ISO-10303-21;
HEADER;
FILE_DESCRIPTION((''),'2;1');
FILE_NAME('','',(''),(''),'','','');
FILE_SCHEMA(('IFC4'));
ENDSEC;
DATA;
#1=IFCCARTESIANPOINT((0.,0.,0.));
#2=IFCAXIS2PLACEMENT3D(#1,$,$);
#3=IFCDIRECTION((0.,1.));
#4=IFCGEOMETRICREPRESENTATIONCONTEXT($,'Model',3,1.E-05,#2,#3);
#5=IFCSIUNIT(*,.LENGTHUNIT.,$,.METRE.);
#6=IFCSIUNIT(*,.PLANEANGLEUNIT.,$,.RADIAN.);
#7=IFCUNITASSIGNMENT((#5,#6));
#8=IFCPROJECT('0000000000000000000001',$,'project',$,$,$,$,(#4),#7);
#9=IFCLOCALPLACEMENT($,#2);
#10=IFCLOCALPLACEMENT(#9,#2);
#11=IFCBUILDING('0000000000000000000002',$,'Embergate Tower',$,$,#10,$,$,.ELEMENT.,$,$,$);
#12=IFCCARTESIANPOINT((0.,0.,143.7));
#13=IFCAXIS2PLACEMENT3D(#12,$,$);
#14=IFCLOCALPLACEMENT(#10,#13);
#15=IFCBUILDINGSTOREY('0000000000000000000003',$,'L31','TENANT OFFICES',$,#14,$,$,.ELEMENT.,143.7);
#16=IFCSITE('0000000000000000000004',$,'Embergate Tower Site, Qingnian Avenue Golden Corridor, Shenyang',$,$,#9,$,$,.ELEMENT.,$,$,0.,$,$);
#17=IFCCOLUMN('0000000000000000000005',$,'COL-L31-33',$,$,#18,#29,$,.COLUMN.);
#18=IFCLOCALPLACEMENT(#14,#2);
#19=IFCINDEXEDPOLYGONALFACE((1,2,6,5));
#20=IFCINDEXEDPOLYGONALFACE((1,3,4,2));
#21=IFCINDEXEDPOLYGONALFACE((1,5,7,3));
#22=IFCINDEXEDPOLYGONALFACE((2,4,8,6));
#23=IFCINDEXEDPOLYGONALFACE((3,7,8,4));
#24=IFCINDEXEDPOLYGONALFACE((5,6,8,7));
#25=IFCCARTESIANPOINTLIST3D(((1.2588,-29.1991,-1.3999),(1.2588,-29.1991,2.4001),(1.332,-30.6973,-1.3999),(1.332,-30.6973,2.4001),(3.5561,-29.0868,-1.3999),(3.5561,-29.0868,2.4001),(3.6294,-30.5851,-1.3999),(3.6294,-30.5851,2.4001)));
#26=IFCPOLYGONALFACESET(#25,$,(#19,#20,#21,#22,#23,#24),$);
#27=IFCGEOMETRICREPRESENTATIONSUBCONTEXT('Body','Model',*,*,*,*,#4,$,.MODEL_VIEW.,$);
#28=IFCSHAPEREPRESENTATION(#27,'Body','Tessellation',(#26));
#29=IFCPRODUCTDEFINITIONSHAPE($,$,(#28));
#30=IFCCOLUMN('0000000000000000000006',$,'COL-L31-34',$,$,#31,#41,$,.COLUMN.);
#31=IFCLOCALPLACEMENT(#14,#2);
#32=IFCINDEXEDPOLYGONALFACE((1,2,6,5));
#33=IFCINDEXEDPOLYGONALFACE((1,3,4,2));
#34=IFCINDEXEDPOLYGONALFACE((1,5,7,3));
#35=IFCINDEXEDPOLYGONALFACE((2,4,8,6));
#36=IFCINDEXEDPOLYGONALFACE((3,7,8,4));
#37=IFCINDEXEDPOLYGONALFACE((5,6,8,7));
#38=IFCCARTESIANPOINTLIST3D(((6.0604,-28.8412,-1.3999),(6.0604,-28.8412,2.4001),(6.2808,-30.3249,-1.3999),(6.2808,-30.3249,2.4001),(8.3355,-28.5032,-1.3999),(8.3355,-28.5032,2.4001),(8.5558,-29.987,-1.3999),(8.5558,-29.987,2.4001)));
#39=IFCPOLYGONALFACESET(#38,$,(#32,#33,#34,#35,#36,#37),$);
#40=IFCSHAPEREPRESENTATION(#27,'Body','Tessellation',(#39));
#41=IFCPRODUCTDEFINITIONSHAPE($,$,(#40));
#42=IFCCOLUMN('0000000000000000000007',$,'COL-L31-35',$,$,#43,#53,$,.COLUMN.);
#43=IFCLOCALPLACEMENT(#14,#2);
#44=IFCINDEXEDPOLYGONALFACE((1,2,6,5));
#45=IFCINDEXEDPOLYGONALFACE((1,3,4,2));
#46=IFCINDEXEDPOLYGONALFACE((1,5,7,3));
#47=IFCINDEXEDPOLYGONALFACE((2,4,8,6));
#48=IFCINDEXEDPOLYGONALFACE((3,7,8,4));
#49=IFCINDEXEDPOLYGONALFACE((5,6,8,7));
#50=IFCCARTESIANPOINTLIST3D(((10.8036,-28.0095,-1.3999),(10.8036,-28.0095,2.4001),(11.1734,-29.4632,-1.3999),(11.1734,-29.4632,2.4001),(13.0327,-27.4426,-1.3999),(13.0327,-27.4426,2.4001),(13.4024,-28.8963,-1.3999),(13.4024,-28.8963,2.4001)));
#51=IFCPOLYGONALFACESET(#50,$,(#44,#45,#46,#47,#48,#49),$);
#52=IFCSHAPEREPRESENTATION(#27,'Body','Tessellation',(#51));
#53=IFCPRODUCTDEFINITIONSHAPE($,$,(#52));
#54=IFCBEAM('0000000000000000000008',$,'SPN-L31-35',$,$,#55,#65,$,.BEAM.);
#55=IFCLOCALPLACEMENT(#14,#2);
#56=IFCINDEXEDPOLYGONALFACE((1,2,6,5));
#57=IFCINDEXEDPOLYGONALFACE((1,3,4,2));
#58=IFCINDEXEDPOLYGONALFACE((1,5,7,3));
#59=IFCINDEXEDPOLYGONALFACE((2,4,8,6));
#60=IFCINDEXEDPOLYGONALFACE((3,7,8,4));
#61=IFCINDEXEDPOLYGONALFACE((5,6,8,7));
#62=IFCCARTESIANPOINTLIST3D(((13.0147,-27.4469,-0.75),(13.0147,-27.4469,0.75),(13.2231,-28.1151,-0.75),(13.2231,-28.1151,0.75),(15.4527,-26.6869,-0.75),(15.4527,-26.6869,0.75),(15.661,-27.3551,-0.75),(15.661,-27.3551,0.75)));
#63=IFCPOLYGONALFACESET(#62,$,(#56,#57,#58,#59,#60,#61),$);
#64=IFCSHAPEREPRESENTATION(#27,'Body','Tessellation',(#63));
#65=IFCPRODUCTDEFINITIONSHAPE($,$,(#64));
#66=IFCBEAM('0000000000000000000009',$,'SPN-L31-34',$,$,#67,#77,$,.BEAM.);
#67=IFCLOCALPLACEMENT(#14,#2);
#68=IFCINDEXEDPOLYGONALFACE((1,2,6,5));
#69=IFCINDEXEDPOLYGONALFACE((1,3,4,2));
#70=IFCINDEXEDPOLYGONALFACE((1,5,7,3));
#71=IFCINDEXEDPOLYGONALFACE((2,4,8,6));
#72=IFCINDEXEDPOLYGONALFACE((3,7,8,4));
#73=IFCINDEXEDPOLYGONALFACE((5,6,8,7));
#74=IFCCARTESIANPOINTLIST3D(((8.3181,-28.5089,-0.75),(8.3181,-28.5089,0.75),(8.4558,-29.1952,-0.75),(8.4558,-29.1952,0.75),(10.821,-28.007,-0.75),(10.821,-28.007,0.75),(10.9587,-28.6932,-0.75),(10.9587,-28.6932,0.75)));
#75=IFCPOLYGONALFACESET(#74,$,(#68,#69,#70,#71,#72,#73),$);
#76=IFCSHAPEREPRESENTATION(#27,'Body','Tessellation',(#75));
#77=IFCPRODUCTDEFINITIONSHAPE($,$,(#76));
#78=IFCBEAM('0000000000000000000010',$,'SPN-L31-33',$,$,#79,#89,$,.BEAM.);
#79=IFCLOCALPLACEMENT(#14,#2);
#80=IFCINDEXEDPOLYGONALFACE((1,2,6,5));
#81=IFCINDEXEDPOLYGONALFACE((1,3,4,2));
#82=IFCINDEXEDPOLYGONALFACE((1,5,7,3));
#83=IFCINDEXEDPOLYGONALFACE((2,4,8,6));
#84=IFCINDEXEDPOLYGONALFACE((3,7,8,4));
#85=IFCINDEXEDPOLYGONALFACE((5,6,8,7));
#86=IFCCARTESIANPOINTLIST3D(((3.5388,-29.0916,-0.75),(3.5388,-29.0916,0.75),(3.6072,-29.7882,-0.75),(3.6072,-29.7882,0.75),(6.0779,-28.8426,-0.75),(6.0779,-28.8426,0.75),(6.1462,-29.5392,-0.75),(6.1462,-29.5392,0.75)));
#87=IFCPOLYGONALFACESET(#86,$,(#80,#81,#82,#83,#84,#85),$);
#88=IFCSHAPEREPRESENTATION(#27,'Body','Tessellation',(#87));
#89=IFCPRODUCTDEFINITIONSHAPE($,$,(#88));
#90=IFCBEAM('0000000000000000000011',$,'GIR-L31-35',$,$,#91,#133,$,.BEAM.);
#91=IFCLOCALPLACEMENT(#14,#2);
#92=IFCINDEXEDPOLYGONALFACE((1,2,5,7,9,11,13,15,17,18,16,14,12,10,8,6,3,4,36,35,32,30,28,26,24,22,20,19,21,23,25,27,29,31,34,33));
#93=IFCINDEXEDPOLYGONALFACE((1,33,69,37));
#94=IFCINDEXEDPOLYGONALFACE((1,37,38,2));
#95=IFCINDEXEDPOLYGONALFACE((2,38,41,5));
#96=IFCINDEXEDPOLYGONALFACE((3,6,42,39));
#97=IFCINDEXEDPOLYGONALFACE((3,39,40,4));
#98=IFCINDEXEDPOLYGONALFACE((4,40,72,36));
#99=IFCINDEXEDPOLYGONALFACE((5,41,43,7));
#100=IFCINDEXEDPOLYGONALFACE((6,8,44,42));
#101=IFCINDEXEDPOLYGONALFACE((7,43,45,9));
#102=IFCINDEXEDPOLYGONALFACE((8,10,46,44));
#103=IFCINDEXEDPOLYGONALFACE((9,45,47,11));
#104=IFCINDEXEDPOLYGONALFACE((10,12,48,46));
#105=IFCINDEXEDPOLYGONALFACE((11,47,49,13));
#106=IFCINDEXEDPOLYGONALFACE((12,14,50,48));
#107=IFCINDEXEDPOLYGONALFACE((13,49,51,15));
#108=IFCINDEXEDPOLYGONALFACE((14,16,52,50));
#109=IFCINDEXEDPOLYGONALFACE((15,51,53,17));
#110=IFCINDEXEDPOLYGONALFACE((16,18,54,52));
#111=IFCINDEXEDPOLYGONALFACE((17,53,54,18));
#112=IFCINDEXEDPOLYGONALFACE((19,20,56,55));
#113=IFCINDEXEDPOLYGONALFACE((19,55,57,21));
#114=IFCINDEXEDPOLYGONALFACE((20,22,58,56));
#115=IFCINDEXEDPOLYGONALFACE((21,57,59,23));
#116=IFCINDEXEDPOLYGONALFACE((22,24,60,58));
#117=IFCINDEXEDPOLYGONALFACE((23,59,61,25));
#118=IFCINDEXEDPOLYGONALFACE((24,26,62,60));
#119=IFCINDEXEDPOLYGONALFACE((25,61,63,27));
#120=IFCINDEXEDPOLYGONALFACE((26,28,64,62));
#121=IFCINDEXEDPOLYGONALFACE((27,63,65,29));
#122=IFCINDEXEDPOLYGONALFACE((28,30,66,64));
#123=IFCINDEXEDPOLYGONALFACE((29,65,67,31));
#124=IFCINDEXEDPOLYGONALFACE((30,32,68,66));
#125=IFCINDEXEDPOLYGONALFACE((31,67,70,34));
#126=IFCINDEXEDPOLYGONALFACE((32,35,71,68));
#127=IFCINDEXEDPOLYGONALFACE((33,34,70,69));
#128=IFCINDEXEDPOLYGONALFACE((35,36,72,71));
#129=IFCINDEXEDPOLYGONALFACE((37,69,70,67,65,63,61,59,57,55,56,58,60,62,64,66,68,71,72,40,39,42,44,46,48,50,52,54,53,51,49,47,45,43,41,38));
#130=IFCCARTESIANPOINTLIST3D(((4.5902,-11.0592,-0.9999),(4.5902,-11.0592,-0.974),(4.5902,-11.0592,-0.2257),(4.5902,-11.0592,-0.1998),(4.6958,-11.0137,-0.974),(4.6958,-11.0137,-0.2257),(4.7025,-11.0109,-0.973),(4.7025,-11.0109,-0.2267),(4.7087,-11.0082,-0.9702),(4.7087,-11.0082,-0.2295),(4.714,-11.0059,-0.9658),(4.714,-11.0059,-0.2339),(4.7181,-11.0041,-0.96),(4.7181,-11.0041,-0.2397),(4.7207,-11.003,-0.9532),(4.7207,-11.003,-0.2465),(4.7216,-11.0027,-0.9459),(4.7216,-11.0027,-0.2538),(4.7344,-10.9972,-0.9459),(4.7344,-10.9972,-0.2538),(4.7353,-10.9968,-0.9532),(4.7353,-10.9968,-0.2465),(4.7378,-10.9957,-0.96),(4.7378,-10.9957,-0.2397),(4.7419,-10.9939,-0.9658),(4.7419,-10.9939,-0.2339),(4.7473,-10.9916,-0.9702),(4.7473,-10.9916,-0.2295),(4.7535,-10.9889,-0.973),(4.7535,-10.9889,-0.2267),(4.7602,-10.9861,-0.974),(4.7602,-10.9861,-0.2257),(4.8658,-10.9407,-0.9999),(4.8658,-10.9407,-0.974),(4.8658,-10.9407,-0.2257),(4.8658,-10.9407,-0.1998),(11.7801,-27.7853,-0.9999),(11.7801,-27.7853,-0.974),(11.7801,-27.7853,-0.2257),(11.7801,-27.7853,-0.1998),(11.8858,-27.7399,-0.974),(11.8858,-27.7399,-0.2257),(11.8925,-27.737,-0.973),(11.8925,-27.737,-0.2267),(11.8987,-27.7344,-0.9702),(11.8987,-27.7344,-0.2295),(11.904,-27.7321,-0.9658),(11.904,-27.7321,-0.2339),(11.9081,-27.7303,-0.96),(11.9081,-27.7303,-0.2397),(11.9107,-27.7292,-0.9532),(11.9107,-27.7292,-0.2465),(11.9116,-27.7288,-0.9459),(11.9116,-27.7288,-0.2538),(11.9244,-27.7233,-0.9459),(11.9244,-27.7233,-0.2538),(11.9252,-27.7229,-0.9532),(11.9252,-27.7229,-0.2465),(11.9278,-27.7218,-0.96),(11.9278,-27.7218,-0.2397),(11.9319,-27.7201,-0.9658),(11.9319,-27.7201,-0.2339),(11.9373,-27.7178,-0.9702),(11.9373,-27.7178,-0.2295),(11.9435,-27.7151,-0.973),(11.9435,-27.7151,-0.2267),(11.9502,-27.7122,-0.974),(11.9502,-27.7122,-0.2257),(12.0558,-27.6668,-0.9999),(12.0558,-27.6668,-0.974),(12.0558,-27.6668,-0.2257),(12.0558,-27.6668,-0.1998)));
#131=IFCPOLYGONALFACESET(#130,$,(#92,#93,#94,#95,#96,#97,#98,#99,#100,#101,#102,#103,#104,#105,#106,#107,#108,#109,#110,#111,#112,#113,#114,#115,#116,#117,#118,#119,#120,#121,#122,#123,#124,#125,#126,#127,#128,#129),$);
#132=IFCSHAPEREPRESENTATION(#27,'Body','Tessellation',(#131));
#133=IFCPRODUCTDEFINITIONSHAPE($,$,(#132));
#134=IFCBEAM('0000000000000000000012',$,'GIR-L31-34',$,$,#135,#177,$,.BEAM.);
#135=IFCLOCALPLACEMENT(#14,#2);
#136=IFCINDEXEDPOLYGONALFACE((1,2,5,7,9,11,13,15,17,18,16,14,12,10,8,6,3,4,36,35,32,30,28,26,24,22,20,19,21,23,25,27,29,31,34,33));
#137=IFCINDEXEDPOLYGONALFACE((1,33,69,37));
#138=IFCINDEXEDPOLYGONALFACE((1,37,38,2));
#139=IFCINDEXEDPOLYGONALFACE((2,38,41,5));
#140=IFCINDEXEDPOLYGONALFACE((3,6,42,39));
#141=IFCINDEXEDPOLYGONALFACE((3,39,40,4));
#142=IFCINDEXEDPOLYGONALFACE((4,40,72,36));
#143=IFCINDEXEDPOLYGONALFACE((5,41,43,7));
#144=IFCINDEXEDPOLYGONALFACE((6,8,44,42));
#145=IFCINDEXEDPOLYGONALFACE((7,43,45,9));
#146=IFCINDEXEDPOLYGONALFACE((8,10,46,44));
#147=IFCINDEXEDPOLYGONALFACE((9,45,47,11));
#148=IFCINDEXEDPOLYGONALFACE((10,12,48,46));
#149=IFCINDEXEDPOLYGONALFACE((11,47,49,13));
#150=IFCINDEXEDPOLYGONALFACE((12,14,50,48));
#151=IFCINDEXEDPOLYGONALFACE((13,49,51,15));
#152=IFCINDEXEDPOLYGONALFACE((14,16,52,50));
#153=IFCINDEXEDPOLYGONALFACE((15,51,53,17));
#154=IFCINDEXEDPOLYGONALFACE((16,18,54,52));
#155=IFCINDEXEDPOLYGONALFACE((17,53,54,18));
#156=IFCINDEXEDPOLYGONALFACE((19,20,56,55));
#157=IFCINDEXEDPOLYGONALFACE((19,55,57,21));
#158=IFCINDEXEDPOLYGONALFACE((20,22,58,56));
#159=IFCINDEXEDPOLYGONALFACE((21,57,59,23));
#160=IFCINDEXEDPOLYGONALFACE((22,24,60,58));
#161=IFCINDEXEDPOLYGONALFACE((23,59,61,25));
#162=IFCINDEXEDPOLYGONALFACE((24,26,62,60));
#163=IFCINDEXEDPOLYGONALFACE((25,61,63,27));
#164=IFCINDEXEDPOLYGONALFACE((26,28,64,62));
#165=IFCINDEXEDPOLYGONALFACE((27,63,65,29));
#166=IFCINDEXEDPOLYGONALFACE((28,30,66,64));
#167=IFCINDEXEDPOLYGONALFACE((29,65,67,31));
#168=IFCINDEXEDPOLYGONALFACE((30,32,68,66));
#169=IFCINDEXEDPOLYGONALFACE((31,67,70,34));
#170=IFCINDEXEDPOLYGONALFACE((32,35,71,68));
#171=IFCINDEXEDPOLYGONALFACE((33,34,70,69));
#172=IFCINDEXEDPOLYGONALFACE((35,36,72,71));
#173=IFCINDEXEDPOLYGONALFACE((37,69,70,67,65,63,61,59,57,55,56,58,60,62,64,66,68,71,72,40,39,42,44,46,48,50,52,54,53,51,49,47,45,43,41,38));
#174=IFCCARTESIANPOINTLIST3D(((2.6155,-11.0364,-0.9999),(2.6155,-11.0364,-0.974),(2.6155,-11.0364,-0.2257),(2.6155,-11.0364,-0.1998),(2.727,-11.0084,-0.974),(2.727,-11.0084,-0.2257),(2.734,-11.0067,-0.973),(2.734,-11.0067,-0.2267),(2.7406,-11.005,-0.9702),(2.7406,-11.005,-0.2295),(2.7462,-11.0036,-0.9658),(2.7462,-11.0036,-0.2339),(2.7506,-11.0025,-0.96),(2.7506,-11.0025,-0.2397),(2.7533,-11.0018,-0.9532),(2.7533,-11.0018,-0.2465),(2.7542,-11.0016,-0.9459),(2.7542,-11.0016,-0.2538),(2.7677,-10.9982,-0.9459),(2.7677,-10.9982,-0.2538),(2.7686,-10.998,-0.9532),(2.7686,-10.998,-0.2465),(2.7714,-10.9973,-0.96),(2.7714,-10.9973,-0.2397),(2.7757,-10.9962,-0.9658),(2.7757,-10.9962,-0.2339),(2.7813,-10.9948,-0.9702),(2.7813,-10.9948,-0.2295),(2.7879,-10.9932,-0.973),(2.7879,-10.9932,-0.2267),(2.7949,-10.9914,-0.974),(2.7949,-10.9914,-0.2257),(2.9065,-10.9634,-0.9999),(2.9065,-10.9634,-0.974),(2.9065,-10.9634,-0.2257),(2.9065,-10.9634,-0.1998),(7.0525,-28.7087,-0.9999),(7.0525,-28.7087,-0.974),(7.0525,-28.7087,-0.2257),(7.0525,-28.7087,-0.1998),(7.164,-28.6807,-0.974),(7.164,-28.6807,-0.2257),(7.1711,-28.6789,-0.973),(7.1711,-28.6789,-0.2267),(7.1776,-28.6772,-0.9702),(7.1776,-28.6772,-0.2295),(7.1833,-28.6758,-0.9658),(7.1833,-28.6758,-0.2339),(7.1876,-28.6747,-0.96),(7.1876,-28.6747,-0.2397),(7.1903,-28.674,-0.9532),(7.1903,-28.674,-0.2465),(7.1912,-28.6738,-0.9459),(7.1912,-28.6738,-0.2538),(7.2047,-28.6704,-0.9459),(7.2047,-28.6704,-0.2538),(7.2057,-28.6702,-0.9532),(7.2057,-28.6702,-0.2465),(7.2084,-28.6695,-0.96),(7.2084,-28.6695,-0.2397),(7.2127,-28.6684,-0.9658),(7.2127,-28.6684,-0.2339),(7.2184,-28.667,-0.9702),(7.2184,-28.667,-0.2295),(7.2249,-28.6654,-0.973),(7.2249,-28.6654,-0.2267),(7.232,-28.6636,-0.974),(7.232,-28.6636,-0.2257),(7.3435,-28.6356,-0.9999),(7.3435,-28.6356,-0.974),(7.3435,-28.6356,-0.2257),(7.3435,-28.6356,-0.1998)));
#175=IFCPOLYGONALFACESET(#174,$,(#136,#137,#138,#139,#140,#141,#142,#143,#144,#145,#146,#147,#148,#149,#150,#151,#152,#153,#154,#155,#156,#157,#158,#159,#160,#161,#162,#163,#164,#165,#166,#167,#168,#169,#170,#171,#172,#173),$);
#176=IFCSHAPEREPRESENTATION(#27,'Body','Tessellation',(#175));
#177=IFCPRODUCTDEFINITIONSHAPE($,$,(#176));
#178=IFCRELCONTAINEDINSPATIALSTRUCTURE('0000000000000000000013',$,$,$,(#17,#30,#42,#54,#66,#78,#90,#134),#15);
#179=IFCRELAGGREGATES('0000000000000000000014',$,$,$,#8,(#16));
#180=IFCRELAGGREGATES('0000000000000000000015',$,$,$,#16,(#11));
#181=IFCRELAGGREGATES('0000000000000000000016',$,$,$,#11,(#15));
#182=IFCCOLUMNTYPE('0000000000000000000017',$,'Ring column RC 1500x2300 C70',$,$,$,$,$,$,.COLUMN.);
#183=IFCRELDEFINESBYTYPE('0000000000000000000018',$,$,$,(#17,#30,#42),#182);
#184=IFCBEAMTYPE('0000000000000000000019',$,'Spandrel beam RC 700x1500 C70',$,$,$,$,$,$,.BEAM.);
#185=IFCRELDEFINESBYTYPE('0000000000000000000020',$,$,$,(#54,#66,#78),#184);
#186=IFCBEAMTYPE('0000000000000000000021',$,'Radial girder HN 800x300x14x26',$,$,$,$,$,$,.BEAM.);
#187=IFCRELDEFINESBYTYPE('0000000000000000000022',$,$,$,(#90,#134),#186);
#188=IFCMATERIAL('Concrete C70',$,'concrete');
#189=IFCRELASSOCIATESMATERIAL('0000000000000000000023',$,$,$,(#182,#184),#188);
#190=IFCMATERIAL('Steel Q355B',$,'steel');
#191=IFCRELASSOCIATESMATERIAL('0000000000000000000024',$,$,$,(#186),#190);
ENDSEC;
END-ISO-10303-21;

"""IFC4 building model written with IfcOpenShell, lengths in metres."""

from ifc_helpers import new_model, si_unit, direction, frame, origin, origin_2d, place, context, subcontext, project, spatial, rectangle, i_section, extrude, source, transform, mapped, material, material_profile, profile_set, type_object, element, save


model = new_model("IFC4")

# Units and contexts
model_context = context("Model", 3, precision=1e-05, world=origin(), true_north=direction((0.0, 1.0)))
body_context = subcontext(model_context, "Body", "Model", "MODEL_VIEW")
ifc_project = project(units=[si_unit("LENGTHUNIT", "METRE"), si_unit("PLANEANGLEUNIT", "RADIAN")], contexts=[model_context])

# Site, building, storey
site_placement = place(None, origin())
site = spatial("IfcSite", under=ifc_project, at=site_placement, Name="Embergate Tower Site, Qingnian Avenue Golden Corridor, Shenyang", CompositionType="ELEMENT", RefElevation=0.0)
building_placement = place(site_placement, origin())
building = spatial("IfcBuilding", under=site, at=building_placement, Name="Embergate Tower", CompositionType="ELEMENT")
storey_placement = place(building_placement, frame((0.0, 0.0, 143.7)))
storey = spatial("IfcBuildingStorey", under=building, at=storey_placement, Name="L31", Description="TENANT OFFICES", CompositionType="ELEMENT", Elevation=143.7)

# Columns
ifc_material_1 = material(Name="Concrete C70", Category="concrete")
ifc_material_profile_1 = material_profile(ifc_material_1, rectangle(XDim=1.5, YDim=2.3, at=origin_2d()), Name="RC 1500x2300")
ifc_profile_set_1 = profile_set([ifc_material_profile_1], Name="Concrete C70")
column_type = type_object("IfcColumnType", Name="Ring column RC 1500x2300 C70", PredefinedType="COLUMN", material=ifc_profile_set_1)
shared_shape_1 = source(origin(), body_context, "Body", "SweptSolid", [
    extrude(rectangle(XDim=1.5, YDim=2.3, at=origin_2d()), origin(), (0.0, 0.0, 1.0), 3.8),
])
for number, where, z_axis, x_axis, name in (
    (1, (2.4441, -29.8921, -1.3999), (0.0, 0.0, 1.0), (0.048815, -0.998808, 0.0), "COL-L31-33"),
    (2, (7.3081, -29.4141, -1.3999), (0.0, 0.0, 1.0), (0.146929, -0.989147, 0.0), "COL-L31-34"),
    (3, (12.103, -28.4529, -1.3999), (0.0, 0.0, 1.0), (0.246492, -0.969145, 0.0), "COL-L31-35"),
):
    element("IfcColumn", number, at=place(storey_placement, frame(where, z_axis=z_axis, x_axis=x_axis)), inside=storey, type_object=column_type, Name=name, PredefinedType="COLUMN", context=body_context, shape_type="MappedRepresentation", body=[
        mapped(shared_shape_1, transform((0.0, 0.0, 0.0))),
    ])

# Beams
ifc_material_profile_2 = material_profile(ifc_material_1, rectangle(XDim=0.7, YDim=1.5, at=origin_2d()), Name="RC 700x1500")
ifc_profile_set_2 = profile_set([ifc_material_profile_2], Name="Concrete C70")
beam_type_1 = type_object("IfcBeamType", Name="Spandrel beam RC 700x1500 C70", PredefinedType="BEAM", material=ifc_profile_set_2)
shared_shape_2 = source(origin(), body_context, "Body", "SweptSolid", [
    extrude(rectangle(XDim=0.7, YDim=1.5, at=origin_2d()), origin(), (0.0, 0.0, 1.0), 2.5537),
])
beam_1_placement = place(storey_placement, frame((13.1189, -27.781, 0.0), z_axis=(0.954687, 0.297611, 0.0), x_axis=(-0.297611, 0.954687, 0.0)))
element("IfcBeam", 4, at=beam_1_placement, inside=storey, type_object=beam_type_1, Name="SPN-L31-35", PredefinedType="BEAM", context=body_context, shape_type="MappedRepresentation", body=[
    mapped(shared_shape_2, transform((0.0, 0.0, 0.0))),
])
shared_shape_3 = source(origin(), body_context, "Body", "SweptSolid", [
    extrude(rectangle(XDim=0.7, YDim=1.5, at=origin_2d()), origin(), (0.0, 0.0, 1.0), 2.5527),
])
beam_2_placement = place(storey_placement, frame((8.387, -28.8521, 0.0), z_axis=(0.980478, 0.196631, 0.0), x_axis=(-0.196631, 0.980478, 0.0)))
element("IfcBeam", 5, at=beam_2_placement, inside=storey, type_object=beam_type_1, Name="SPN-L31-34", PredefinedType="BEAM", context=body_context, shape_type="MappedRepresentation", body=[
    mapped(shared_shape_3, transform((0.0, 0.0, 0.0))),
])
shared_shape_4 = source(origin(), body_context, "Body", "SweptSolid", [
    extrude(rectangle(XDim=0.7, YDim=1.5, at=origin_2d()), origin(), (0.0, 0.0, 1.0), 2.5513),
])
beam_3_placement = place(storey_placement, frame((3.573, -29.4399, 0.0), z_axis=(0.995225, 0.097609, 0.0), x_axis=(-0.097609, 0.995225, 0.0)))
element("IfcBeam", 6, at=beam_3_placement, inside=storey, type_object=beam_type_1, Name="SPN-L31-33", PredefinedType="BEAM", context=body_context, shape_type="MappedRepresentation", body=[
    mapped(shared_shape_4, transform((0.0, 0.0, 0.0))),
])
ifc_material_2 = material(Name="Steel Q355B", Category="steel")
ifc_material_profile_3 = material_profile(ifc_material_2, i_section(OverallWidth=0.3, OverallDepth=0.8, WebThickness=0.0139, FlangeThickness=0.0259, FilletRadius=0.0281, at=origin_2d()), Name="HN 800x300x14x26")
ifc_profile_set_3 = profile_set([ifc_material_profile_3], Name="Steel Q355 grade B")
beam_type_2 = type_object("IfcBeamType", Name="Radial girder HN 800x300x14x26", PredefinedType="BEAM", material=ifc_profile_set_3)
shared_shape_5 = source(origin(), body_context, "Body", "SweptSolid", [
    extrude(i_section(OverallWidth=0.3, OverallDepth=0.8, WebThickness=0.0139, FlangeThickness=0.0259, FilletRadius=0.0281, at=origin_2d()), origin(), (0.0, 0.0, 1.0), 18.2061),
])
beam_4_placement = place(storey_placement, frame((11.918, -27.7261, -0.5999), z_axis=(-0.394922, 0.918714, 0.0), x_axis=(-0.918714, -0.394922, 0.0)))
element("IfcBeam", 7, at=beam_4_placement, inside=storey, type_object=beam_type_2, Name="GIR-L31-35", PredefinedType="BEAM", context=body_context, shape_type="MappedRepresentation", body=[
    mapped(shared_shape_5, transform((0.0, 0.0, 0.0))),
])
shared_shape_6 = source(origin(), body_context, "Body", "SweptSolid", [
    extrude(i_section(OverallWidth=0.3, OverallDepth=0.8, WebThickness=0.0139, FlangeThickness=0.0259, FilletRadius=0.0281, at=origin_2d()), origin(), (0.0, 0.0, 1.0), 18.2207),
])
beam_5_placement = place(storey_placement, frame((7.198, -28.6721, -0.5999), z_axis=(-0.243516, 0.969897, 0.0), x_axis=(-0.969897, -0.243516, 0.0)))
element("IfcBeam", 8, at=beam_5_placement, inside=storey, type_object=beam_type_2, Name="GIR-L31-34", PredefinedType="BEAM", context=body_context, shape_type="MappedRepresentation", body=[
    mapped(shared_shape_6, transform((0.0, 0.0, 0.0))),
])

save(model, "model.ifc")
